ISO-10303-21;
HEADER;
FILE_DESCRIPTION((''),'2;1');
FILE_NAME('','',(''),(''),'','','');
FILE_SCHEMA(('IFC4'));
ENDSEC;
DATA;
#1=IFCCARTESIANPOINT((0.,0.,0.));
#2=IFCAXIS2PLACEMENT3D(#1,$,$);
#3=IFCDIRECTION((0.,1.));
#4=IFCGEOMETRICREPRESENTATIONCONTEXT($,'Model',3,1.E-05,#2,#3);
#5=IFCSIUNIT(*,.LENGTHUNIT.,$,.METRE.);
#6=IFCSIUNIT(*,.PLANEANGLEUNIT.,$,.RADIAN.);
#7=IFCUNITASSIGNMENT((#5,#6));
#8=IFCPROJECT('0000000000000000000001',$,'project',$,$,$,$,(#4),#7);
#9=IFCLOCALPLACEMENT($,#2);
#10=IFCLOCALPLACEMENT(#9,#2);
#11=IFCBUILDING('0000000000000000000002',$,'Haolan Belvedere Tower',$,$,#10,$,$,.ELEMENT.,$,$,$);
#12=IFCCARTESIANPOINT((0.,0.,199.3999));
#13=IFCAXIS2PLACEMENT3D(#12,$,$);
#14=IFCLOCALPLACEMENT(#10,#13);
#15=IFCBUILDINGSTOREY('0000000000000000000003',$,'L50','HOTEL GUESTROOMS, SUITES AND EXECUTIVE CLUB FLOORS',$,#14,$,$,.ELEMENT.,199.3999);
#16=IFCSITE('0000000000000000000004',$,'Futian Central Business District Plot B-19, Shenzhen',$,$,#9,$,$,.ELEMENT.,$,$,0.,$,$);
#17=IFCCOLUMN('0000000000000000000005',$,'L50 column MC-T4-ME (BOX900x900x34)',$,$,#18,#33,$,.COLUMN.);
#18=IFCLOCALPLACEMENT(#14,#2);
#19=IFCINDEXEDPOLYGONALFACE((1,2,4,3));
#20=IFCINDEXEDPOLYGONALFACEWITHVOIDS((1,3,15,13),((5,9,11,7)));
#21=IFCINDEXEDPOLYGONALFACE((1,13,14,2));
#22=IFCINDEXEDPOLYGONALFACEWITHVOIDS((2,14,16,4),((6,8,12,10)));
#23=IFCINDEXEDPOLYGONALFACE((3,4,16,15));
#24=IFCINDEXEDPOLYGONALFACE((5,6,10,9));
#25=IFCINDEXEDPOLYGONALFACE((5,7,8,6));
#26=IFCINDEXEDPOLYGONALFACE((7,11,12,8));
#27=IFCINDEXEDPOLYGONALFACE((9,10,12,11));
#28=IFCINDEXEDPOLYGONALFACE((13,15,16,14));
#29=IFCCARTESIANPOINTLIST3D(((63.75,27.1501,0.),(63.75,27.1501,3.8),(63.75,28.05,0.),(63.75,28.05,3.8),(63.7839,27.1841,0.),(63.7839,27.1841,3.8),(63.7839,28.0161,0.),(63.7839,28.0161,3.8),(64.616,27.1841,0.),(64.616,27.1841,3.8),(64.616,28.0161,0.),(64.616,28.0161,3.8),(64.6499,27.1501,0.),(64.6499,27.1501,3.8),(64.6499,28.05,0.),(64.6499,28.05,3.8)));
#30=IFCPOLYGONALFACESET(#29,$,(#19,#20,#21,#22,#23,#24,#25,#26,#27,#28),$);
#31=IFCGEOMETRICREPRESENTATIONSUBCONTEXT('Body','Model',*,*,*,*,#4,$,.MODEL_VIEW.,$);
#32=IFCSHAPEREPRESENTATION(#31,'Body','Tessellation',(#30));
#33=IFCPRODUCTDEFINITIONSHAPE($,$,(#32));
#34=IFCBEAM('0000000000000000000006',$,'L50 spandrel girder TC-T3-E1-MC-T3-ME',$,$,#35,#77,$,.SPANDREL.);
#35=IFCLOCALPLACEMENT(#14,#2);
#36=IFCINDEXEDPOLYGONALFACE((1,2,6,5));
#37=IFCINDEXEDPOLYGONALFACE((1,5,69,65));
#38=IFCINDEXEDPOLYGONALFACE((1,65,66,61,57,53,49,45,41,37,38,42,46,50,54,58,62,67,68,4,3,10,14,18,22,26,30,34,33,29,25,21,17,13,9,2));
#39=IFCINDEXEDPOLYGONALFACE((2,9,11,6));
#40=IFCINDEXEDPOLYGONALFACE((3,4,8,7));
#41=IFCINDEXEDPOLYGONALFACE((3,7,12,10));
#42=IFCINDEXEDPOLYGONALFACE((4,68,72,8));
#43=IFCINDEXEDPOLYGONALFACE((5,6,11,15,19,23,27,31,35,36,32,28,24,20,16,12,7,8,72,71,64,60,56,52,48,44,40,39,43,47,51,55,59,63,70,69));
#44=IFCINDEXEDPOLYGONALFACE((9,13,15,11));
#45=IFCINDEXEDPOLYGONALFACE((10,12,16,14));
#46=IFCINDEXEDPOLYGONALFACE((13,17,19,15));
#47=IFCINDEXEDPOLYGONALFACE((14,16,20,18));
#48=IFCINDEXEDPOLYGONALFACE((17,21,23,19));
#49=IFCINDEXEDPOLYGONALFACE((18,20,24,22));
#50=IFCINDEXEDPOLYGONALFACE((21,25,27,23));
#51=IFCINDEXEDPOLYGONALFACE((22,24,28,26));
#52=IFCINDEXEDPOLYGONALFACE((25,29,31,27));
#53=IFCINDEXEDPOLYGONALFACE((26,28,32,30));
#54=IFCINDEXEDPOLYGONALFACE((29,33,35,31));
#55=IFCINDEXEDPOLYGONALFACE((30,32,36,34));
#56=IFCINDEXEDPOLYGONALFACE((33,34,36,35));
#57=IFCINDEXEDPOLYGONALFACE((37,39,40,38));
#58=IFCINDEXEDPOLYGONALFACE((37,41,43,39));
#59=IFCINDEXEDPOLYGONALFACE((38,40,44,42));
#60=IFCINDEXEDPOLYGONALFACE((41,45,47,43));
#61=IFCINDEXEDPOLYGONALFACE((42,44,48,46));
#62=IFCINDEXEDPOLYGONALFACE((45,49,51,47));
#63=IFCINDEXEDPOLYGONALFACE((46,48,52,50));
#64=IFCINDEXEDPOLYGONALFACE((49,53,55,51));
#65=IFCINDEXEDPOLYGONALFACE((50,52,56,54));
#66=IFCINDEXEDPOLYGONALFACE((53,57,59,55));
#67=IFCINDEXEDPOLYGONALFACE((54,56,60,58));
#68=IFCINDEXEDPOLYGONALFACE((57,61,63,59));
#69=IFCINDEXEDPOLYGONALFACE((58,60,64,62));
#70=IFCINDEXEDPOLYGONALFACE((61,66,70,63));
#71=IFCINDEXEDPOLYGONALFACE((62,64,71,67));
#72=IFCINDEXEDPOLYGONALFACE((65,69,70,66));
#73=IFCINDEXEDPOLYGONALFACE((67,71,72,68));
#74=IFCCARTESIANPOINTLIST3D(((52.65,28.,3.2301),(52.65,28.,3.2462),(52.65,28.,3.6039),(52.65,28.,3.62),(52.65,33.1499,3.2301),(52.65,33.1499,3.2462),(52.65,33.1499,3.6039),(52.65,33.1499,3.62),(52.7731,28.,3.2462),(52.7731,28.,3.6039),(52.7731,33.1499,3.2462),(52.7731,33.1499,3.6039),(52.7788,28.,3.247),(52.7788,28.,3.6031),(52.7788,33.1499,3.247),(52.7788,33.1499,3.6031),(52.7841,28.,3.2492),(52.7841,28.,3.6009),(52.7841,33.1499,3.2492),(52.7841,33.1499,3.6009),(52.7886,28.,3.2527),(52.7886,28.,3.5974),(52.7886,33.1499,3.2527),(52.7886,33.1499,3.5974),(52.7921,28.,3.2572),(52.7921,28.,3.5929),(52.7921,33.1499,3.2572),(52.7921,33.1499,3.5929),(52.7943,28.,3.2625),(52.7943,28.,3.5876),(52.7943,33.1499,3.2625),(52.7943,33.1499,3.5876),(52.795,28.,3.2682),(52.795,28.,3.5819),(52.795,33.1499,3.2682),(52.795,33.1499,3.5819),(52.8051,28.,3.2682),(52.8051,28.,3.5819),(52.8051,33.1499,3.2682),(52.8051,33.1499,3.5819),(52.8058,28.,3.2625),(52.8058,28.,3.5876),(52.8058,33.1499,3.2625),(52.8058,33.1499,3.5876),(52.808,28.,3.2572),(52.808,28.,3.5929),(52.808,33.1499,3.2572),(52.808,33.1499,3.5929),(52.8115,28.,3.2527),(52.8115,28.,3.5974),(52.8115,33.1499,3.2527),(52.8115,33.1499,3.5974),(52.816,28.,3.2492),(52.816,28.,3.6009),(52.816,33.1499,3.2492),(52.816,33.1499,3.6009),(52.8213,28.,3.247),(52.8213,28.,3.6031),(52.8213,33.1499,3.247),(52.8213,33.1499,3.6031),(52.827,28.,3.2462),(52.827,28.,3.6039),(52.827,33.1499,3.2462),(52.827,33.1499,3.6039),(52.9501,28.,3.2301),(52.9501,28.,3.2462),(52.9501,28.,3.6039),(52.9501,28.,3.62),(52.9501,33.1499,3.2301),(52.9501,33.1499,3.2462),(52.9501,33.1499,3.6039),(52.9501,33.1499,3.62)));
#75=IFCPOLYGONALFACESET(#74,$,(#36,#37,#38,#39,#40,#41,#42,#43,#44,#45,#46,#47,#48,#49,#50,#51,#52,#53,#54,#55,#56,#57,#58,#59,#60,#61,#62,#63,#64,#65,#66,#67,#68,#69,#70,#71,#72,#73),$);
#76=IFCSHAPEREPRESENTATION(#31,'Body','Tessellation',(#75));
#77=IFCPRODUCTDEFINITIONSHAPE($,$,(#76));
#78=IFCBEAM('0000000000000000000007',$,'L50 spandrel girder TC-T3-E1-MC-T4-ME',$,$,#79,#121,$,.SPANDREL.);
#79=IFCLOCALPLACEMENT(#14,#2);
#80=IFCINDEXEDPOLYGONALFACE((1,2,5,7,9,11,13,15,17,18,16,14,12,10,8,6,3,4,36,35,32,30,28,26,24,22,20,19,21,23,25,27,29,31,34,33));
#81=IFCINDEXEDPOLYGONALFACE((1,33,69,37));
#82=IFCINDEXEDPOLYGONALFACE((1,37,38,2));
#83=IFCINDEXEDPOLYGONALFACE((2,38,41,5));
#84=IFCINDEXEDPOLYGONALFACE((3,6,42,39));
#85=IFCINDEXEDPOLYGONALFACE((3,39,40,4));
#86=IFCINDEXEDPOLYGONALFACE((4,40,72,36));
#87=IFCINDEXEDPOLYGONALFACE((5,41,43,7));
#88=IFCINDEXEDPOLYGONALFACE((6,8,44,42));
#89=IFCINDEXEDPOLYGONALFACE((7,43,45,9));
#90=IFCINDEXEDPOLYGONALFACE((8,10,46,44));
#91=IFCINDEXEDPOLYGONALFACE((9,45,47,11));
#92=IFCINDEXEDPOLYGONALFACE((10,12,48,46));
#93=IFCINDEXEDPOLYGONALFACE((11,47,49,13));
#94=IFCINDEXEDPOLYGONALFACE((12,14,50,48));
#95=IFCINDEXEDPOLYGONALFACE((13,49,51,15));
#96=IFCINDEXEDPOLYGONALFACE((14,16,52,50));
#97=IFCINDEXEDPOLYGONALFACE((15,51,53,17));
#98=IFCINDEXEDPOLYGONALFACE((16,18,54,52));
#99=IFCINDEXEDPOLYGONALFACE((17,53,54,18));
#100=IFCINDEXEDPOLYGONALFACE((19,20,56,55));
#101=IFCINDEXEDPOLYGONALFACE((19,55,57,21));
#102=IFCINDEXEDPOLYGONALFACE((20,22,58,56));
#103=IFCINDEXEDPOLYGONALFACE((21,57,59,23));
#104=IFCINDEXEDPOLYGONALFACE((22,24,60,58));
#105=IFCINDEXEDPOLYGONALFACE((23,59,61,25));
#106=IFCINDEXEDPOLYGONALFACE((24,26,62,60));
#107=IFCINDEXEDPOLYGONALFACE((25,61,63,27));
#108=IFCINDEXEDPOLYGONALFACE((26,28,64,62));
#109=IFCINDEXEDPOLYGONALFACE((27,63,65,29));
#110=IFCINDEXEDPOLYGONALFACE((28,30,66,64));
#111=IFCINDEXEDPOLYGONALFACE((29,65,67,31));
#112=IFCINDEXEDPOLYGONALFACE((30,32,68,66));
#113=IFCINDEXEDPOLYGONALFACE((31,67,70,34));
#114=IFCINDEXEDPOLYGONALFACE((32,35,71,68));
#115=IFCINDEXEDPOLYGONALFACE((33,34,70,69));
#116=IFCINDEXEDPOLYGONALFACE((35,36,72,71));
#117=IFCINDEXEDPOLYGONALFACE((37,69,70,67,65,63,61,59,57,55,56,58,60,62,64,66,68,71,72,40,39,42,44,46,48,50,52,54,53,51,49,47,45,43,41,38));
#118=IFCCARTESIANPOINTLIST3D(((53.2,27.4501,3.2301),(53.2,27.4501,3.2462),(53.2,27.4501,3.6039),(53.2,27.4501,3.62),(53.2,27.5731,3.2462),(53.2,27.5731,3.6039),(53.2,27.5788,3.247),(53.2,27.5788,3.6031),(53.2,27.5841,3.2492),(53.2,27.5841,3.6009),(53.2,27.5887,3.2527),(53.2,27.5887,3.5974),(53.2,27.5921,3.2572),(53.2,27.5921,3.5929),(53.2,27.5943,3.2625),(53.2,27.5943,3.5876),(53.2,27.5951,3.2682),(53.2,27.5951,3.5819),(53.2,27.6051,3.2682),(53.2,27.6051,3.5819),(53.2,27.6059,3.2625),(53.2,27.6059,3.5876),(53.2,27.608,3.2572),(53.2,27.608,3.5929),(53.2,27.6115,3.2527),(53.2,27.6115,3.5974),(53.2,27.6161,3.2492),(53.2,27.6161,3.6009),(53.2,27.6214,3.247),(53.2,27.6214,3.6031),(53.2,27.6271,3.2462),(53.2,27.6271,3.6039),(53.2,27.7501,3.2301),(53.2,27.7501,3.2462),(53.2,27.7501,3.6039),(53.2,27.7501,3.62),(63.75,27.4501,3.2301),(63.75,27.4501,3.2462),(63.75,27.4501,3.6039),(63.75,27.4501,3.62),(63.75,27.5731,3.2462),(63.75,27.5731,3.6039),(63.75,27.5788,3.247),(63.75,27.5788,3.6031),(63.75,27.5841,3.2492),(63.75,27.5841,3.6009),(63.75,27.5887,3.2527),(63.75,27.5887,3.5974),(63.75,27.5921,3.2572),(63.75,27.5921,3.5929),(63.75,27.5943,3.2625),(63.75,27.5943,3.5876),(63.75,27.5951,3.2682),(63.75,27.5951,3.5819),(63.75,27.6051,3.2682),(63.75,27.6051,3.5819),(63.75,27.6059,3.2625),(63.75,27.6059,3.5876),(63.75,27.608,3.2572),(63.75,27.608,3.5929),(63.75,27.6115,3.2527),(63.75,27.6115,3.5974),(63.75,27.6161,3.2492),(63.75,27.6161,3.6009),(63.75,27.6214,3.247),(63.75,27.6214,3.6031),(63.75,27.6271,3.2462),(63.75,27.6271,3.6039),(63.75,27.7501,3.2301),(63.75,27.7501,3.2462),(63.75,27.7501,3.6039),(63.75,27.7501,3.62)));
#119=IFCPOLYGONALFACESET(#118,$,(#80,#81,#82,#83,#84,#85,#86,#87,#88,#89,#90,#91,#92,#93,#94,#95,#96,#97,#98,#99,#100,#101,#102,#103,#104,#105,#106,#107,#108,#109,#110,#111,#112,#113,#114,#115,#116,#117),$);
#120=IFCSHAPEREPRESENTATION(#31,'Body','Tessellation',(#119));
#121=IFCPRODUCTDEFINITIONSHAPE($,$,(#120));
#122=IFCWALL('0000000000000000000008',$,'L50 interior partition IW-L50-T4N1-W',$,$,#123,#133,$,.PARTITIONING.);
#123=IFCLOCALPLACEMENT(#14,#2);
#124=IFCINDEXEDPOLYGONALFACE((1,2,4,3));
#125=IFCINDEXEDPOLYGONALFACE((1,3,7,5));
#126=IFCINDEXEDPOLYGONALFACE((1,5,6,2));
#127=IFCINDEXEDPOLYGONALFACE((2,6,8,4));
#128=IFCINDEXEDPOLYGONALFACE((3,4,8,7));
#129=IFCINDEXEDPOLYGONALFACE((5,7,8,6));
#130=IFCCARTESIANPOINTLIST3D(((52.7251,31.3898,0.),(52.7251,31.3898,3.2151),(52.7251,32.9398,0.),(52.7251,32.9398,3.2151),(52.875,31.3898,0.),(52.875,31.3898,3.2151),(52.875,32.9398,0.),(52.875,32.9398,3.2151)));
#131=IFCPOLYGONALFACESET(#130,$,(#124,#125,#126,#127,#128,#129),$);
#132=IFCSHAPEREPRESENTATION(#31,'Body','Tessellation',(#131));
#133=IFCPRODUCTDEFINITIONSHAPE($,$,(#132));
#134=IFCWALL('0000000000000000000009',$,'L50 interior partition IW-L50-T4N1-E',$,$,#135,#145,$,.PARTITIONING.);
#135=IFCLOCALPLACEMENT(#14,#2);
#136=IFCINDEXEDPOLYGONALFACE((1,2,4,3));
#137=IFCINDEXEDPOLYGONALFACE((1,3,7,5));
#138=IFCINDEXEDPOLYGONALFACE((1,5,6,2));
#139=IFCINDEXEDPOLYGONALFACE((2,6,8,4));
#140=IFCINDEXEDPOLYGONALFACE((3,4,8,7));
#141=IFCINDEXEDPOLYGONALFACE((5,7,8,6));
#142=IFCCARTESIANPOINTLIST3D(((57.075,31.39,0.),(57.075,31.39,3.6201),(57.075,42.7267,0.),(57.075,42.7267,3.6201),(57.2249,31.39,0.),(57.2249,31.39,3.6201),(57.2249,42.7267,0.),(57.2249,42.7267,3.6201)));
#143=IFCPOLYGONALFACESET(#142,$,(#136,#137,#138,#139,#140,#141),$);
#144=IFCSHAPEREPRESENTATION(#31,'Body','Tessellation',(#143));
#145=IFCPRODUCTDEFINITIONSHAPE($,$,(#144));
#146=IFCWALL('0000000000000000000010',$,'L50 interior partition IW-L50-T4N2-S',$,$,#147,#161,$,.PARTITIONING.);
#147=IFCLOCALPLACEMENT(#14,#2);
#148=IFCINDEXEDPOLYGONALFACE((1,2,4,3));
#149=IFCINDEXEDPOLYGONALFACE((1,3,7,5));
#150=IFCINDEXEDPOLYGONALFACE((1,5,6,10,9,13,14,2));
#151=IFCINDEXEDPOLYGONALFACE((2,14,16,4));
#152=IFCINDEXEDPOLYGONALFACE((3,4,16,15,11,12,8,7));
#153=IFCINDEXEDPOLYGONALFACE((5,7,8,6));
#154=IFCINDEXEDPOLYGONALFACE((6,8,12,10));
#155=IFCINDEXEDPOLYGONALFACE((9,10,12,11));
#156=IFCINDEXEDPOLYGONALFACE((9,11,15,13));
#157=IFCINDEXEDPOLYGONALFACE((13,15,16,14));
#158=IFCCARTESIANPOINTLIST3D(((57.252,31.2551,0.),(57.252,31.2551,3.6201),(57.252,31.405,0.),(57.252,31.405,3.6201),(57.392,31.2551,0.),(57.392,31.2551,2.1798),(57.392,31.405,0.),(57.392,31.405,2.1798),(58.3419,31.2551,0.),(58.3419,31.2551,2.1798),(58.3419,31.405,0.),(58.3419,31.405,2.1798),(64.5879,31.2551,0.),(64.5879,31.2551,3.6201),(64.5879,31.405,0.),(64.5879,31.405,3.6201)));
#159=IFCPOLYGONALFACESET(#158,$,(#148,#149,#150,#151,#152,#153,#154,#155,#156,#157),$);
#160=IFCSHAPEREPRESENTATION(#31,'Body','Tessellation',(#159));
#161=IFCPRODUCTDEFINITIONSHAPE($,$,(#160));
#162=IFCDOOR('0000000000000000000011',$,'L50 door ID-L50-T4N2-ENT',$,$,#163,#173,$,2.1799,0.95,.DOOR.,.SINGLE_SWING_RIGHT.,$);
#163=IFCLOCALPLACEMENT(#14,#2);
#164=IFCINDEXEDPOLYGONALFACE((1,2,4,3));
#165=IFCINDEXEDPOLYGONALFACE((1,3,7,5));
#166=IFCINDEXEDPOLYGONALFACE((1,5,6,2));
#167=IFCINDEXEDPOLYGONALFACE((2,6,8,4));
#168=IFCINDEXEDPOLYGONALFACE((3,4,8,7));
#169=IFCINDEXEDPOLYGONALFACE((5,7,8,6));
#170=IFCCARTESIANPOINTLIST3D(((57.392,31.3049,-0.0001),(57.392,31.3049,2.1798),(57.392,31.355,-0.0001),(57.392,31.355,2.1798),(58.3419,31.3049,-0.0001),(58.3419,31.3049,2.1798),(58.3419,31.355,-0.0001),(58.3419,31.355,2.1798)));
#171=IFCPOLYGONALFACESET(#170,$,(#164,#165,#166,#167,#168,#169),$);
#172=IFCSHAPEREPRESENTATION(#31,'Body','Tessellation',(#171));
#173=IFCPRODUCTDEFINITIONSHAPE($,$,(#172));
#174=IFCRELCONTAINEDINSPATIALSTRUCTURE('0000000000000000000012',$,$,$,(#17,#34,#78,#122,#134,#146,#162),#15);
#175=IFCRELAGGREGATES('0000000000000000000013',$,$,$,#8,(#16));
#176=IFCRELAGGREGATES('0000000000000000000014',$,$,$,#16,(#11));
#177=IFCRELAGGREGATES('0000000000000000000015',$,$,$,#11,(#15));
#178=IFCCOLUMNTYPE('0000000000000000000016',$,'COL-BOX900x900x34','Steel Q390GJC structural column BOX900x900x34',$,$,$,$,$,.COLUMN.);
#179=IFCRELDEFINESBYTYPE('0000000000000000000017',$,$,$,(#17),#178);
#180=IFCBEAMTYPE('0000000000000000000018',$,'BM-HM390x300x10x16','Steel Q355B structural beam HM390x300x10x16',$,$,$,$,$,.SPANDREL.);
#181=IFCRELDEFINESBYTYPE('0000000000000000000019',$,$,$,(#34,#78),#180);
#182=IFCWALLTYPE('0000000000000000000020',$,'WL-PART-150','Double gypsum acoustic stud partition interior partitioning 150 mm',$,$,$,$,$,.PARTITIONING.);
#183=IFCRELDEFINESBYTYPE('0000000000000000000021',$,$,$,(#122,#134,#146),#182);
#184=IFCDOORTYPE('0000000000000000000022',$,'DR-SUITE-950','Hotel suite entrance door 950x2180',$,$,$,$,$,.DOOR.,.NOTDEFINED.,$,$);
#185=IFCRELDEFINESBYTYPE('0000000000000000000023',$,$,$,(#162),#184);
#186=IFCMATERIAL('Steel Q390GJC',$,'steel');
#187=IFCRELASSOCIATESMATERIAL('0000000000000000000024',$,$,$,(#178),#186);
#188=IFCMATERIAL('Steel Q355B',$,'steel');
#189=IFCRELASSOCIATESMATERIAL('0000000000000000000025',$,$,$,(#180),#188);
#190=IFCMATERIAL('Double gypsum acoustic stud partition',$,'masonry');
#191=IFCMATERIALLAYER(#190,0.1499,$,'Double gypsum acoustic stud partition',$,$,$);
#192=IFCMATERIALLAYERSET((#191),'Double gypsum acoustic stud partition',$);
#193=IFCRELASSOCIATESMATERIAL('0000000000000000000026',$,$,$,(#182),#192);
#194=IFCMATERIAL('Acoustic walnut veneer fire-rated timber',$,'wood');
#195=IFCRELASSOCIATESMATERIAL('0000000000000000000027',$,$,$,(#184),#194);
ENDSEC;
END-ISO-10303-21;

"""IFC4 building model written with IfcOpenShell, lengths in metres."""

from ifc_helpers import new_model, si_unit, direction, frame, frame_2d, origin, origin_2d, place, context, subcontext, project, spatial, rectangle, hollow_rectangle, i_section, extrude, material, layer, layer_set, material_profile, profile_set, type_object, element, fill, save


model = new_model("IFC4")

# Units and contexts
model_context = context("Model", 3, precision=1e-05, world=origin(), true_north=direction((0.0, 1.0)))
body_context = subcontext(model_context, "Body", "Model", "MODEL_VIEW")
ifc_project = project(units=[si_unit("LENGTHUNIT", "METRE"), si_unit("PLANEANGLEUNIT", "RADIAN")], contexts=[model_context])

# Site, building, storey
site_placement = place(None, origin())
site = spatial("IfcSite", under=ifc_project, at=site_placement, Name="Futian Central Business District Plot B-19, Shenzhen", CompositionType="ELEMENT", RefElevation=0.0)
building_placement = place(site_placement, origin())
building = spatial("IfcBuilding", under=site, at=building_placement, Name="Haolan Belvedere Tower", CompositionType="ELEMENT")
storey_placement = place(building_placement, frame((0.0, 0.0, 199.3999)))
storey = spatial("IfcBuildingStorey", under=building, at=storey_placement, Name="L50", Description="HOTEL GUESTROOMS, SUITES AND EXECUTIVE CLUB FLOORS", CompositionType="ELEMENT", Elevation=199.3999)

# Column
ifc_material_1 = material(Name="Steel Q390GJC", Category="steel")
ifc_material_profile_1 = material_profile(ifc_material_1, hollow_rectangle(XDim=0.8999, YDim=0.8999, WallThickness=0.0339, at=origin_2d()), Name="Steel Q390GJC")
ifc_profile_set_1 = profile_set([ifc_material_profile_1], Name="Steel Q390GJC")
column_type = type_object("IfcColumnType", Name="COL-BOX900x900x34", Description="Steel Q390GJC structural column BOX900x900x34", PredefinedType="COLUMN", material=ifc_profile_set_1)
column_placement = place(storey_placement, frame((64.2, 27.6001, 0.0), z_axis=(0.0, 0.0, 1.0), x_axis=(1.0, 0.0, 0.0)))
element("IfcColumn", 1, at=column_placement, inside=storey, type_object=column_type, Name="L50 column MC-T4-ME (BOX900x900x34)", PredefinedType="COLUMN", context=body_context, shape_type="SweptSolid", body=[
    extrude(hollow_rectangle(XDim=0.8999, YDim=0.8999, WallThickness=0.0339, at=origin_2d()), origin(), (0.0, 0.0, 1.0), 3.8),
])

# Beams
ifc_material_2 = material(Name="Steel Q355B", Category="steel")
ifc_material_profile_2 = material_profile(ifc_material_2, i_section(OverallWidth=0.3, OverallDepth=0.3899, WebThickness=0.01, FlangeThickness=0.0161, FilletRadius=0.022, at=origin_2d()), Name="Steel Q355B")
ifc_profile_set_2 = profile_set([ifc_material_profile_2], Name="Steel Q355B")
beam_type = type_object("IfcBeamType", Name="BM-HM390x300x10x16", Description="Steel Q355B structural beam HM390x300x10x16", PredefinedType="SPANDREL", material=ifc_profile_set_2)
beam_1_placement = place(storey_placement, frame((52.8, 28.0, 3.425), z_axis=(0.0, 1.0, 0.0), x_axis=(-1.0, 0.0, 0.0)))
element("IfcBeam", 2, at=beam_1_placement, inside=storey, type_object=beam_type, Name="L50 spandrel girder TC-T3-E1-MC-T3-ME", PredefinedType="SPANDREL", context=body_context, shape_type="SweptSolid", body=[
    extrude(i_section(OverallWidth=0.3, OverallDepth=0.3899, WebThickness=0.01, FlangeThickness=0.0161, FilletRadius=0.022, at=origin_2d()), origin(), (0.0, 0.0, 1.0), 5.1499),
])
beam_2_placement = place(storey_placement, frame((53.2, 27.6001, 3.425), z_axis=(1.0, 0.0, 0.0), x_axis=(0.0, 1.0, 0.0)))
element("IfcBeam", 3, at=beam_2_placement, inside=storey, type_object=beam_type, Name="L50 spandrel girder TC-T3-E1-MC-T4-ME", PredefinedType="SPANDREL", context=body_context, shape_type="SweptSolid", body=[
    extrude(i_section(OverallWidth=0.3, OverallDepth=0.3899, WebThickness=0.01, FlangeThickness=0.0161, FilletRadius=0.022, at=origin_2d()), origin(), (0.0, 0.0, 1.0), 10.55),
])

# Walls
ifc_material_3 = material(Name="Double gypsum acoustic stud partition", Category="masonry")
ifc_layer_1 = layer(ifc_material_3, 0.1499, Name="Double gypsum acoustic stud partition")
ifc_layer_set_1 = layer_set([ifc_layer_1], Name="Double gypsum acoustic stud partition")
wall_type_1 = type_object("IfcWallType", Name="WL-PART-150", Description="Double gypsum acoustic stud partition interior partitioning 150 mm", PredefinedType="PARTITIONING", material=ifc_layer_set_1)
wall_1_placement = place(storey_placement, frame((52.8, 31.3899, 0.0), z_axis=(0.0, 0.0, 1.0), x_axis=(0.0, 1.0, 0.0)))
element("IfcWall", 4, at=wall_1_placement, inside=storey, type_object=wall_type_1, Name="L50 interior partition IW-L50-T4N1-W", PredefinedType="PARTITIONING", context=body_context, shape_type="SweptSolid", body=[
    extrude(rectangle(XDim=1.55, YDim=0.1499, at=frame_2d((0.7749, 0.0))), origin(), (0.0, 0.0, 1.0), 3.2151),
])
wall_2_placement = place(storey_placement, frame((57.1499, 31.3899, 0.0), z_axis=(0.0, 0.0, 1.0), x_axis=(0.0, 1.0, 0.0)))
element("IfcWall", 5, at=wall_2_placement, inside=storey, type_object=wall_type_1, Name="L50 interior partition IW-L50-T4N1-E", PredefinedType="PARTITIONING", context=body_context, shape_type="SweptSolid", body=[
    extrude(rectangle(XDim=11.3367, YDim=0.1499, at=frame_2d((5.6685, 0.0))), origin(), (0.0, 0.0, 1.0), 3.6201),
])

# Wall, opening, door
wall_3_placement = place(storey_placement, frame((57.252, 31.3301, 0.0), z_axis=(0.0, 0.0, 1.0), x_axis=(1.0, 0.0, 0.0)))
wall_3 = element("IfcWall", 6, at=wall_3_placement, inside=storey, type_object=wall_type_1, Name="L50 interior partition IW-L50-T4N2-S", PredefinedType="PARTITIONING", context=body_context, shape_type="SweptSolid", body=[
    extrude(rectangle(XDim=7.3359, YDim=0.1499, at=frame_2d((3.668, 0.0))), origin(), (0.0, 0.0, 1.0), 3.6201),
])
opening_1_placement = place(wall_3_placement, frame((0.1399, 0.0, 0.0)))
opening_1 = element("IfcOpeningElement", 7, at=opening_1_placement, cuts=wall_3, PredefinedType="OPENING", context=body_context, shape_type="SweptSolid", body=[
    extrude(rectangle(XDim=0.95, YDim=2.1799, at=frame_2d((0.4751, 1.0898))), frame((0.0, 0.085, 0.0), z_axis=(0.0, -1.0, 0.0), x_axis=(1.0, 0.0, 0.0)), (0.0, 0.0, 1.0), 0.1699),
])
ifc_material_4 = material(Name="Acoustic walnut veneer fire-rated timber", Category="wood")
door_type_1 = type_object("IfcDoorType", Name="DR-SUITE-950", Description="Hotel suite entrance door 950x2180", OperationType="NOTDEFINED", PredefinedType="DOOR", material=ifc_material_4)
door_1_placement = place(opening_1_placement, origin())
door_1 = element("IfcDoor", 8, at=door_1_placement, inside=storey, type_object=door_type_1, Name="L50 door ID-L50-T4N2-ENT", OperationType="SINGLE_SWING_RIGHT", OverallHeight=2.1799, OverallWidth=0.95, PredefinedType="DOOR", context=body_context, shape_type="SweptSolid", body=[
    extrude(rectangle(XDim=0.95, YDim=2.1799, at=frame_2d((0.4751, 1.0898))), frame((0.0, 0.0249, 0.0), z_axis=(0.0, -1.0, 0.0), x_axis=(1.0, 0.0, 0.0)), (0.0, 0.0, 1.0), 0.05),
])
fill(opening_1, door_1)

save(model, "model.ifc")
